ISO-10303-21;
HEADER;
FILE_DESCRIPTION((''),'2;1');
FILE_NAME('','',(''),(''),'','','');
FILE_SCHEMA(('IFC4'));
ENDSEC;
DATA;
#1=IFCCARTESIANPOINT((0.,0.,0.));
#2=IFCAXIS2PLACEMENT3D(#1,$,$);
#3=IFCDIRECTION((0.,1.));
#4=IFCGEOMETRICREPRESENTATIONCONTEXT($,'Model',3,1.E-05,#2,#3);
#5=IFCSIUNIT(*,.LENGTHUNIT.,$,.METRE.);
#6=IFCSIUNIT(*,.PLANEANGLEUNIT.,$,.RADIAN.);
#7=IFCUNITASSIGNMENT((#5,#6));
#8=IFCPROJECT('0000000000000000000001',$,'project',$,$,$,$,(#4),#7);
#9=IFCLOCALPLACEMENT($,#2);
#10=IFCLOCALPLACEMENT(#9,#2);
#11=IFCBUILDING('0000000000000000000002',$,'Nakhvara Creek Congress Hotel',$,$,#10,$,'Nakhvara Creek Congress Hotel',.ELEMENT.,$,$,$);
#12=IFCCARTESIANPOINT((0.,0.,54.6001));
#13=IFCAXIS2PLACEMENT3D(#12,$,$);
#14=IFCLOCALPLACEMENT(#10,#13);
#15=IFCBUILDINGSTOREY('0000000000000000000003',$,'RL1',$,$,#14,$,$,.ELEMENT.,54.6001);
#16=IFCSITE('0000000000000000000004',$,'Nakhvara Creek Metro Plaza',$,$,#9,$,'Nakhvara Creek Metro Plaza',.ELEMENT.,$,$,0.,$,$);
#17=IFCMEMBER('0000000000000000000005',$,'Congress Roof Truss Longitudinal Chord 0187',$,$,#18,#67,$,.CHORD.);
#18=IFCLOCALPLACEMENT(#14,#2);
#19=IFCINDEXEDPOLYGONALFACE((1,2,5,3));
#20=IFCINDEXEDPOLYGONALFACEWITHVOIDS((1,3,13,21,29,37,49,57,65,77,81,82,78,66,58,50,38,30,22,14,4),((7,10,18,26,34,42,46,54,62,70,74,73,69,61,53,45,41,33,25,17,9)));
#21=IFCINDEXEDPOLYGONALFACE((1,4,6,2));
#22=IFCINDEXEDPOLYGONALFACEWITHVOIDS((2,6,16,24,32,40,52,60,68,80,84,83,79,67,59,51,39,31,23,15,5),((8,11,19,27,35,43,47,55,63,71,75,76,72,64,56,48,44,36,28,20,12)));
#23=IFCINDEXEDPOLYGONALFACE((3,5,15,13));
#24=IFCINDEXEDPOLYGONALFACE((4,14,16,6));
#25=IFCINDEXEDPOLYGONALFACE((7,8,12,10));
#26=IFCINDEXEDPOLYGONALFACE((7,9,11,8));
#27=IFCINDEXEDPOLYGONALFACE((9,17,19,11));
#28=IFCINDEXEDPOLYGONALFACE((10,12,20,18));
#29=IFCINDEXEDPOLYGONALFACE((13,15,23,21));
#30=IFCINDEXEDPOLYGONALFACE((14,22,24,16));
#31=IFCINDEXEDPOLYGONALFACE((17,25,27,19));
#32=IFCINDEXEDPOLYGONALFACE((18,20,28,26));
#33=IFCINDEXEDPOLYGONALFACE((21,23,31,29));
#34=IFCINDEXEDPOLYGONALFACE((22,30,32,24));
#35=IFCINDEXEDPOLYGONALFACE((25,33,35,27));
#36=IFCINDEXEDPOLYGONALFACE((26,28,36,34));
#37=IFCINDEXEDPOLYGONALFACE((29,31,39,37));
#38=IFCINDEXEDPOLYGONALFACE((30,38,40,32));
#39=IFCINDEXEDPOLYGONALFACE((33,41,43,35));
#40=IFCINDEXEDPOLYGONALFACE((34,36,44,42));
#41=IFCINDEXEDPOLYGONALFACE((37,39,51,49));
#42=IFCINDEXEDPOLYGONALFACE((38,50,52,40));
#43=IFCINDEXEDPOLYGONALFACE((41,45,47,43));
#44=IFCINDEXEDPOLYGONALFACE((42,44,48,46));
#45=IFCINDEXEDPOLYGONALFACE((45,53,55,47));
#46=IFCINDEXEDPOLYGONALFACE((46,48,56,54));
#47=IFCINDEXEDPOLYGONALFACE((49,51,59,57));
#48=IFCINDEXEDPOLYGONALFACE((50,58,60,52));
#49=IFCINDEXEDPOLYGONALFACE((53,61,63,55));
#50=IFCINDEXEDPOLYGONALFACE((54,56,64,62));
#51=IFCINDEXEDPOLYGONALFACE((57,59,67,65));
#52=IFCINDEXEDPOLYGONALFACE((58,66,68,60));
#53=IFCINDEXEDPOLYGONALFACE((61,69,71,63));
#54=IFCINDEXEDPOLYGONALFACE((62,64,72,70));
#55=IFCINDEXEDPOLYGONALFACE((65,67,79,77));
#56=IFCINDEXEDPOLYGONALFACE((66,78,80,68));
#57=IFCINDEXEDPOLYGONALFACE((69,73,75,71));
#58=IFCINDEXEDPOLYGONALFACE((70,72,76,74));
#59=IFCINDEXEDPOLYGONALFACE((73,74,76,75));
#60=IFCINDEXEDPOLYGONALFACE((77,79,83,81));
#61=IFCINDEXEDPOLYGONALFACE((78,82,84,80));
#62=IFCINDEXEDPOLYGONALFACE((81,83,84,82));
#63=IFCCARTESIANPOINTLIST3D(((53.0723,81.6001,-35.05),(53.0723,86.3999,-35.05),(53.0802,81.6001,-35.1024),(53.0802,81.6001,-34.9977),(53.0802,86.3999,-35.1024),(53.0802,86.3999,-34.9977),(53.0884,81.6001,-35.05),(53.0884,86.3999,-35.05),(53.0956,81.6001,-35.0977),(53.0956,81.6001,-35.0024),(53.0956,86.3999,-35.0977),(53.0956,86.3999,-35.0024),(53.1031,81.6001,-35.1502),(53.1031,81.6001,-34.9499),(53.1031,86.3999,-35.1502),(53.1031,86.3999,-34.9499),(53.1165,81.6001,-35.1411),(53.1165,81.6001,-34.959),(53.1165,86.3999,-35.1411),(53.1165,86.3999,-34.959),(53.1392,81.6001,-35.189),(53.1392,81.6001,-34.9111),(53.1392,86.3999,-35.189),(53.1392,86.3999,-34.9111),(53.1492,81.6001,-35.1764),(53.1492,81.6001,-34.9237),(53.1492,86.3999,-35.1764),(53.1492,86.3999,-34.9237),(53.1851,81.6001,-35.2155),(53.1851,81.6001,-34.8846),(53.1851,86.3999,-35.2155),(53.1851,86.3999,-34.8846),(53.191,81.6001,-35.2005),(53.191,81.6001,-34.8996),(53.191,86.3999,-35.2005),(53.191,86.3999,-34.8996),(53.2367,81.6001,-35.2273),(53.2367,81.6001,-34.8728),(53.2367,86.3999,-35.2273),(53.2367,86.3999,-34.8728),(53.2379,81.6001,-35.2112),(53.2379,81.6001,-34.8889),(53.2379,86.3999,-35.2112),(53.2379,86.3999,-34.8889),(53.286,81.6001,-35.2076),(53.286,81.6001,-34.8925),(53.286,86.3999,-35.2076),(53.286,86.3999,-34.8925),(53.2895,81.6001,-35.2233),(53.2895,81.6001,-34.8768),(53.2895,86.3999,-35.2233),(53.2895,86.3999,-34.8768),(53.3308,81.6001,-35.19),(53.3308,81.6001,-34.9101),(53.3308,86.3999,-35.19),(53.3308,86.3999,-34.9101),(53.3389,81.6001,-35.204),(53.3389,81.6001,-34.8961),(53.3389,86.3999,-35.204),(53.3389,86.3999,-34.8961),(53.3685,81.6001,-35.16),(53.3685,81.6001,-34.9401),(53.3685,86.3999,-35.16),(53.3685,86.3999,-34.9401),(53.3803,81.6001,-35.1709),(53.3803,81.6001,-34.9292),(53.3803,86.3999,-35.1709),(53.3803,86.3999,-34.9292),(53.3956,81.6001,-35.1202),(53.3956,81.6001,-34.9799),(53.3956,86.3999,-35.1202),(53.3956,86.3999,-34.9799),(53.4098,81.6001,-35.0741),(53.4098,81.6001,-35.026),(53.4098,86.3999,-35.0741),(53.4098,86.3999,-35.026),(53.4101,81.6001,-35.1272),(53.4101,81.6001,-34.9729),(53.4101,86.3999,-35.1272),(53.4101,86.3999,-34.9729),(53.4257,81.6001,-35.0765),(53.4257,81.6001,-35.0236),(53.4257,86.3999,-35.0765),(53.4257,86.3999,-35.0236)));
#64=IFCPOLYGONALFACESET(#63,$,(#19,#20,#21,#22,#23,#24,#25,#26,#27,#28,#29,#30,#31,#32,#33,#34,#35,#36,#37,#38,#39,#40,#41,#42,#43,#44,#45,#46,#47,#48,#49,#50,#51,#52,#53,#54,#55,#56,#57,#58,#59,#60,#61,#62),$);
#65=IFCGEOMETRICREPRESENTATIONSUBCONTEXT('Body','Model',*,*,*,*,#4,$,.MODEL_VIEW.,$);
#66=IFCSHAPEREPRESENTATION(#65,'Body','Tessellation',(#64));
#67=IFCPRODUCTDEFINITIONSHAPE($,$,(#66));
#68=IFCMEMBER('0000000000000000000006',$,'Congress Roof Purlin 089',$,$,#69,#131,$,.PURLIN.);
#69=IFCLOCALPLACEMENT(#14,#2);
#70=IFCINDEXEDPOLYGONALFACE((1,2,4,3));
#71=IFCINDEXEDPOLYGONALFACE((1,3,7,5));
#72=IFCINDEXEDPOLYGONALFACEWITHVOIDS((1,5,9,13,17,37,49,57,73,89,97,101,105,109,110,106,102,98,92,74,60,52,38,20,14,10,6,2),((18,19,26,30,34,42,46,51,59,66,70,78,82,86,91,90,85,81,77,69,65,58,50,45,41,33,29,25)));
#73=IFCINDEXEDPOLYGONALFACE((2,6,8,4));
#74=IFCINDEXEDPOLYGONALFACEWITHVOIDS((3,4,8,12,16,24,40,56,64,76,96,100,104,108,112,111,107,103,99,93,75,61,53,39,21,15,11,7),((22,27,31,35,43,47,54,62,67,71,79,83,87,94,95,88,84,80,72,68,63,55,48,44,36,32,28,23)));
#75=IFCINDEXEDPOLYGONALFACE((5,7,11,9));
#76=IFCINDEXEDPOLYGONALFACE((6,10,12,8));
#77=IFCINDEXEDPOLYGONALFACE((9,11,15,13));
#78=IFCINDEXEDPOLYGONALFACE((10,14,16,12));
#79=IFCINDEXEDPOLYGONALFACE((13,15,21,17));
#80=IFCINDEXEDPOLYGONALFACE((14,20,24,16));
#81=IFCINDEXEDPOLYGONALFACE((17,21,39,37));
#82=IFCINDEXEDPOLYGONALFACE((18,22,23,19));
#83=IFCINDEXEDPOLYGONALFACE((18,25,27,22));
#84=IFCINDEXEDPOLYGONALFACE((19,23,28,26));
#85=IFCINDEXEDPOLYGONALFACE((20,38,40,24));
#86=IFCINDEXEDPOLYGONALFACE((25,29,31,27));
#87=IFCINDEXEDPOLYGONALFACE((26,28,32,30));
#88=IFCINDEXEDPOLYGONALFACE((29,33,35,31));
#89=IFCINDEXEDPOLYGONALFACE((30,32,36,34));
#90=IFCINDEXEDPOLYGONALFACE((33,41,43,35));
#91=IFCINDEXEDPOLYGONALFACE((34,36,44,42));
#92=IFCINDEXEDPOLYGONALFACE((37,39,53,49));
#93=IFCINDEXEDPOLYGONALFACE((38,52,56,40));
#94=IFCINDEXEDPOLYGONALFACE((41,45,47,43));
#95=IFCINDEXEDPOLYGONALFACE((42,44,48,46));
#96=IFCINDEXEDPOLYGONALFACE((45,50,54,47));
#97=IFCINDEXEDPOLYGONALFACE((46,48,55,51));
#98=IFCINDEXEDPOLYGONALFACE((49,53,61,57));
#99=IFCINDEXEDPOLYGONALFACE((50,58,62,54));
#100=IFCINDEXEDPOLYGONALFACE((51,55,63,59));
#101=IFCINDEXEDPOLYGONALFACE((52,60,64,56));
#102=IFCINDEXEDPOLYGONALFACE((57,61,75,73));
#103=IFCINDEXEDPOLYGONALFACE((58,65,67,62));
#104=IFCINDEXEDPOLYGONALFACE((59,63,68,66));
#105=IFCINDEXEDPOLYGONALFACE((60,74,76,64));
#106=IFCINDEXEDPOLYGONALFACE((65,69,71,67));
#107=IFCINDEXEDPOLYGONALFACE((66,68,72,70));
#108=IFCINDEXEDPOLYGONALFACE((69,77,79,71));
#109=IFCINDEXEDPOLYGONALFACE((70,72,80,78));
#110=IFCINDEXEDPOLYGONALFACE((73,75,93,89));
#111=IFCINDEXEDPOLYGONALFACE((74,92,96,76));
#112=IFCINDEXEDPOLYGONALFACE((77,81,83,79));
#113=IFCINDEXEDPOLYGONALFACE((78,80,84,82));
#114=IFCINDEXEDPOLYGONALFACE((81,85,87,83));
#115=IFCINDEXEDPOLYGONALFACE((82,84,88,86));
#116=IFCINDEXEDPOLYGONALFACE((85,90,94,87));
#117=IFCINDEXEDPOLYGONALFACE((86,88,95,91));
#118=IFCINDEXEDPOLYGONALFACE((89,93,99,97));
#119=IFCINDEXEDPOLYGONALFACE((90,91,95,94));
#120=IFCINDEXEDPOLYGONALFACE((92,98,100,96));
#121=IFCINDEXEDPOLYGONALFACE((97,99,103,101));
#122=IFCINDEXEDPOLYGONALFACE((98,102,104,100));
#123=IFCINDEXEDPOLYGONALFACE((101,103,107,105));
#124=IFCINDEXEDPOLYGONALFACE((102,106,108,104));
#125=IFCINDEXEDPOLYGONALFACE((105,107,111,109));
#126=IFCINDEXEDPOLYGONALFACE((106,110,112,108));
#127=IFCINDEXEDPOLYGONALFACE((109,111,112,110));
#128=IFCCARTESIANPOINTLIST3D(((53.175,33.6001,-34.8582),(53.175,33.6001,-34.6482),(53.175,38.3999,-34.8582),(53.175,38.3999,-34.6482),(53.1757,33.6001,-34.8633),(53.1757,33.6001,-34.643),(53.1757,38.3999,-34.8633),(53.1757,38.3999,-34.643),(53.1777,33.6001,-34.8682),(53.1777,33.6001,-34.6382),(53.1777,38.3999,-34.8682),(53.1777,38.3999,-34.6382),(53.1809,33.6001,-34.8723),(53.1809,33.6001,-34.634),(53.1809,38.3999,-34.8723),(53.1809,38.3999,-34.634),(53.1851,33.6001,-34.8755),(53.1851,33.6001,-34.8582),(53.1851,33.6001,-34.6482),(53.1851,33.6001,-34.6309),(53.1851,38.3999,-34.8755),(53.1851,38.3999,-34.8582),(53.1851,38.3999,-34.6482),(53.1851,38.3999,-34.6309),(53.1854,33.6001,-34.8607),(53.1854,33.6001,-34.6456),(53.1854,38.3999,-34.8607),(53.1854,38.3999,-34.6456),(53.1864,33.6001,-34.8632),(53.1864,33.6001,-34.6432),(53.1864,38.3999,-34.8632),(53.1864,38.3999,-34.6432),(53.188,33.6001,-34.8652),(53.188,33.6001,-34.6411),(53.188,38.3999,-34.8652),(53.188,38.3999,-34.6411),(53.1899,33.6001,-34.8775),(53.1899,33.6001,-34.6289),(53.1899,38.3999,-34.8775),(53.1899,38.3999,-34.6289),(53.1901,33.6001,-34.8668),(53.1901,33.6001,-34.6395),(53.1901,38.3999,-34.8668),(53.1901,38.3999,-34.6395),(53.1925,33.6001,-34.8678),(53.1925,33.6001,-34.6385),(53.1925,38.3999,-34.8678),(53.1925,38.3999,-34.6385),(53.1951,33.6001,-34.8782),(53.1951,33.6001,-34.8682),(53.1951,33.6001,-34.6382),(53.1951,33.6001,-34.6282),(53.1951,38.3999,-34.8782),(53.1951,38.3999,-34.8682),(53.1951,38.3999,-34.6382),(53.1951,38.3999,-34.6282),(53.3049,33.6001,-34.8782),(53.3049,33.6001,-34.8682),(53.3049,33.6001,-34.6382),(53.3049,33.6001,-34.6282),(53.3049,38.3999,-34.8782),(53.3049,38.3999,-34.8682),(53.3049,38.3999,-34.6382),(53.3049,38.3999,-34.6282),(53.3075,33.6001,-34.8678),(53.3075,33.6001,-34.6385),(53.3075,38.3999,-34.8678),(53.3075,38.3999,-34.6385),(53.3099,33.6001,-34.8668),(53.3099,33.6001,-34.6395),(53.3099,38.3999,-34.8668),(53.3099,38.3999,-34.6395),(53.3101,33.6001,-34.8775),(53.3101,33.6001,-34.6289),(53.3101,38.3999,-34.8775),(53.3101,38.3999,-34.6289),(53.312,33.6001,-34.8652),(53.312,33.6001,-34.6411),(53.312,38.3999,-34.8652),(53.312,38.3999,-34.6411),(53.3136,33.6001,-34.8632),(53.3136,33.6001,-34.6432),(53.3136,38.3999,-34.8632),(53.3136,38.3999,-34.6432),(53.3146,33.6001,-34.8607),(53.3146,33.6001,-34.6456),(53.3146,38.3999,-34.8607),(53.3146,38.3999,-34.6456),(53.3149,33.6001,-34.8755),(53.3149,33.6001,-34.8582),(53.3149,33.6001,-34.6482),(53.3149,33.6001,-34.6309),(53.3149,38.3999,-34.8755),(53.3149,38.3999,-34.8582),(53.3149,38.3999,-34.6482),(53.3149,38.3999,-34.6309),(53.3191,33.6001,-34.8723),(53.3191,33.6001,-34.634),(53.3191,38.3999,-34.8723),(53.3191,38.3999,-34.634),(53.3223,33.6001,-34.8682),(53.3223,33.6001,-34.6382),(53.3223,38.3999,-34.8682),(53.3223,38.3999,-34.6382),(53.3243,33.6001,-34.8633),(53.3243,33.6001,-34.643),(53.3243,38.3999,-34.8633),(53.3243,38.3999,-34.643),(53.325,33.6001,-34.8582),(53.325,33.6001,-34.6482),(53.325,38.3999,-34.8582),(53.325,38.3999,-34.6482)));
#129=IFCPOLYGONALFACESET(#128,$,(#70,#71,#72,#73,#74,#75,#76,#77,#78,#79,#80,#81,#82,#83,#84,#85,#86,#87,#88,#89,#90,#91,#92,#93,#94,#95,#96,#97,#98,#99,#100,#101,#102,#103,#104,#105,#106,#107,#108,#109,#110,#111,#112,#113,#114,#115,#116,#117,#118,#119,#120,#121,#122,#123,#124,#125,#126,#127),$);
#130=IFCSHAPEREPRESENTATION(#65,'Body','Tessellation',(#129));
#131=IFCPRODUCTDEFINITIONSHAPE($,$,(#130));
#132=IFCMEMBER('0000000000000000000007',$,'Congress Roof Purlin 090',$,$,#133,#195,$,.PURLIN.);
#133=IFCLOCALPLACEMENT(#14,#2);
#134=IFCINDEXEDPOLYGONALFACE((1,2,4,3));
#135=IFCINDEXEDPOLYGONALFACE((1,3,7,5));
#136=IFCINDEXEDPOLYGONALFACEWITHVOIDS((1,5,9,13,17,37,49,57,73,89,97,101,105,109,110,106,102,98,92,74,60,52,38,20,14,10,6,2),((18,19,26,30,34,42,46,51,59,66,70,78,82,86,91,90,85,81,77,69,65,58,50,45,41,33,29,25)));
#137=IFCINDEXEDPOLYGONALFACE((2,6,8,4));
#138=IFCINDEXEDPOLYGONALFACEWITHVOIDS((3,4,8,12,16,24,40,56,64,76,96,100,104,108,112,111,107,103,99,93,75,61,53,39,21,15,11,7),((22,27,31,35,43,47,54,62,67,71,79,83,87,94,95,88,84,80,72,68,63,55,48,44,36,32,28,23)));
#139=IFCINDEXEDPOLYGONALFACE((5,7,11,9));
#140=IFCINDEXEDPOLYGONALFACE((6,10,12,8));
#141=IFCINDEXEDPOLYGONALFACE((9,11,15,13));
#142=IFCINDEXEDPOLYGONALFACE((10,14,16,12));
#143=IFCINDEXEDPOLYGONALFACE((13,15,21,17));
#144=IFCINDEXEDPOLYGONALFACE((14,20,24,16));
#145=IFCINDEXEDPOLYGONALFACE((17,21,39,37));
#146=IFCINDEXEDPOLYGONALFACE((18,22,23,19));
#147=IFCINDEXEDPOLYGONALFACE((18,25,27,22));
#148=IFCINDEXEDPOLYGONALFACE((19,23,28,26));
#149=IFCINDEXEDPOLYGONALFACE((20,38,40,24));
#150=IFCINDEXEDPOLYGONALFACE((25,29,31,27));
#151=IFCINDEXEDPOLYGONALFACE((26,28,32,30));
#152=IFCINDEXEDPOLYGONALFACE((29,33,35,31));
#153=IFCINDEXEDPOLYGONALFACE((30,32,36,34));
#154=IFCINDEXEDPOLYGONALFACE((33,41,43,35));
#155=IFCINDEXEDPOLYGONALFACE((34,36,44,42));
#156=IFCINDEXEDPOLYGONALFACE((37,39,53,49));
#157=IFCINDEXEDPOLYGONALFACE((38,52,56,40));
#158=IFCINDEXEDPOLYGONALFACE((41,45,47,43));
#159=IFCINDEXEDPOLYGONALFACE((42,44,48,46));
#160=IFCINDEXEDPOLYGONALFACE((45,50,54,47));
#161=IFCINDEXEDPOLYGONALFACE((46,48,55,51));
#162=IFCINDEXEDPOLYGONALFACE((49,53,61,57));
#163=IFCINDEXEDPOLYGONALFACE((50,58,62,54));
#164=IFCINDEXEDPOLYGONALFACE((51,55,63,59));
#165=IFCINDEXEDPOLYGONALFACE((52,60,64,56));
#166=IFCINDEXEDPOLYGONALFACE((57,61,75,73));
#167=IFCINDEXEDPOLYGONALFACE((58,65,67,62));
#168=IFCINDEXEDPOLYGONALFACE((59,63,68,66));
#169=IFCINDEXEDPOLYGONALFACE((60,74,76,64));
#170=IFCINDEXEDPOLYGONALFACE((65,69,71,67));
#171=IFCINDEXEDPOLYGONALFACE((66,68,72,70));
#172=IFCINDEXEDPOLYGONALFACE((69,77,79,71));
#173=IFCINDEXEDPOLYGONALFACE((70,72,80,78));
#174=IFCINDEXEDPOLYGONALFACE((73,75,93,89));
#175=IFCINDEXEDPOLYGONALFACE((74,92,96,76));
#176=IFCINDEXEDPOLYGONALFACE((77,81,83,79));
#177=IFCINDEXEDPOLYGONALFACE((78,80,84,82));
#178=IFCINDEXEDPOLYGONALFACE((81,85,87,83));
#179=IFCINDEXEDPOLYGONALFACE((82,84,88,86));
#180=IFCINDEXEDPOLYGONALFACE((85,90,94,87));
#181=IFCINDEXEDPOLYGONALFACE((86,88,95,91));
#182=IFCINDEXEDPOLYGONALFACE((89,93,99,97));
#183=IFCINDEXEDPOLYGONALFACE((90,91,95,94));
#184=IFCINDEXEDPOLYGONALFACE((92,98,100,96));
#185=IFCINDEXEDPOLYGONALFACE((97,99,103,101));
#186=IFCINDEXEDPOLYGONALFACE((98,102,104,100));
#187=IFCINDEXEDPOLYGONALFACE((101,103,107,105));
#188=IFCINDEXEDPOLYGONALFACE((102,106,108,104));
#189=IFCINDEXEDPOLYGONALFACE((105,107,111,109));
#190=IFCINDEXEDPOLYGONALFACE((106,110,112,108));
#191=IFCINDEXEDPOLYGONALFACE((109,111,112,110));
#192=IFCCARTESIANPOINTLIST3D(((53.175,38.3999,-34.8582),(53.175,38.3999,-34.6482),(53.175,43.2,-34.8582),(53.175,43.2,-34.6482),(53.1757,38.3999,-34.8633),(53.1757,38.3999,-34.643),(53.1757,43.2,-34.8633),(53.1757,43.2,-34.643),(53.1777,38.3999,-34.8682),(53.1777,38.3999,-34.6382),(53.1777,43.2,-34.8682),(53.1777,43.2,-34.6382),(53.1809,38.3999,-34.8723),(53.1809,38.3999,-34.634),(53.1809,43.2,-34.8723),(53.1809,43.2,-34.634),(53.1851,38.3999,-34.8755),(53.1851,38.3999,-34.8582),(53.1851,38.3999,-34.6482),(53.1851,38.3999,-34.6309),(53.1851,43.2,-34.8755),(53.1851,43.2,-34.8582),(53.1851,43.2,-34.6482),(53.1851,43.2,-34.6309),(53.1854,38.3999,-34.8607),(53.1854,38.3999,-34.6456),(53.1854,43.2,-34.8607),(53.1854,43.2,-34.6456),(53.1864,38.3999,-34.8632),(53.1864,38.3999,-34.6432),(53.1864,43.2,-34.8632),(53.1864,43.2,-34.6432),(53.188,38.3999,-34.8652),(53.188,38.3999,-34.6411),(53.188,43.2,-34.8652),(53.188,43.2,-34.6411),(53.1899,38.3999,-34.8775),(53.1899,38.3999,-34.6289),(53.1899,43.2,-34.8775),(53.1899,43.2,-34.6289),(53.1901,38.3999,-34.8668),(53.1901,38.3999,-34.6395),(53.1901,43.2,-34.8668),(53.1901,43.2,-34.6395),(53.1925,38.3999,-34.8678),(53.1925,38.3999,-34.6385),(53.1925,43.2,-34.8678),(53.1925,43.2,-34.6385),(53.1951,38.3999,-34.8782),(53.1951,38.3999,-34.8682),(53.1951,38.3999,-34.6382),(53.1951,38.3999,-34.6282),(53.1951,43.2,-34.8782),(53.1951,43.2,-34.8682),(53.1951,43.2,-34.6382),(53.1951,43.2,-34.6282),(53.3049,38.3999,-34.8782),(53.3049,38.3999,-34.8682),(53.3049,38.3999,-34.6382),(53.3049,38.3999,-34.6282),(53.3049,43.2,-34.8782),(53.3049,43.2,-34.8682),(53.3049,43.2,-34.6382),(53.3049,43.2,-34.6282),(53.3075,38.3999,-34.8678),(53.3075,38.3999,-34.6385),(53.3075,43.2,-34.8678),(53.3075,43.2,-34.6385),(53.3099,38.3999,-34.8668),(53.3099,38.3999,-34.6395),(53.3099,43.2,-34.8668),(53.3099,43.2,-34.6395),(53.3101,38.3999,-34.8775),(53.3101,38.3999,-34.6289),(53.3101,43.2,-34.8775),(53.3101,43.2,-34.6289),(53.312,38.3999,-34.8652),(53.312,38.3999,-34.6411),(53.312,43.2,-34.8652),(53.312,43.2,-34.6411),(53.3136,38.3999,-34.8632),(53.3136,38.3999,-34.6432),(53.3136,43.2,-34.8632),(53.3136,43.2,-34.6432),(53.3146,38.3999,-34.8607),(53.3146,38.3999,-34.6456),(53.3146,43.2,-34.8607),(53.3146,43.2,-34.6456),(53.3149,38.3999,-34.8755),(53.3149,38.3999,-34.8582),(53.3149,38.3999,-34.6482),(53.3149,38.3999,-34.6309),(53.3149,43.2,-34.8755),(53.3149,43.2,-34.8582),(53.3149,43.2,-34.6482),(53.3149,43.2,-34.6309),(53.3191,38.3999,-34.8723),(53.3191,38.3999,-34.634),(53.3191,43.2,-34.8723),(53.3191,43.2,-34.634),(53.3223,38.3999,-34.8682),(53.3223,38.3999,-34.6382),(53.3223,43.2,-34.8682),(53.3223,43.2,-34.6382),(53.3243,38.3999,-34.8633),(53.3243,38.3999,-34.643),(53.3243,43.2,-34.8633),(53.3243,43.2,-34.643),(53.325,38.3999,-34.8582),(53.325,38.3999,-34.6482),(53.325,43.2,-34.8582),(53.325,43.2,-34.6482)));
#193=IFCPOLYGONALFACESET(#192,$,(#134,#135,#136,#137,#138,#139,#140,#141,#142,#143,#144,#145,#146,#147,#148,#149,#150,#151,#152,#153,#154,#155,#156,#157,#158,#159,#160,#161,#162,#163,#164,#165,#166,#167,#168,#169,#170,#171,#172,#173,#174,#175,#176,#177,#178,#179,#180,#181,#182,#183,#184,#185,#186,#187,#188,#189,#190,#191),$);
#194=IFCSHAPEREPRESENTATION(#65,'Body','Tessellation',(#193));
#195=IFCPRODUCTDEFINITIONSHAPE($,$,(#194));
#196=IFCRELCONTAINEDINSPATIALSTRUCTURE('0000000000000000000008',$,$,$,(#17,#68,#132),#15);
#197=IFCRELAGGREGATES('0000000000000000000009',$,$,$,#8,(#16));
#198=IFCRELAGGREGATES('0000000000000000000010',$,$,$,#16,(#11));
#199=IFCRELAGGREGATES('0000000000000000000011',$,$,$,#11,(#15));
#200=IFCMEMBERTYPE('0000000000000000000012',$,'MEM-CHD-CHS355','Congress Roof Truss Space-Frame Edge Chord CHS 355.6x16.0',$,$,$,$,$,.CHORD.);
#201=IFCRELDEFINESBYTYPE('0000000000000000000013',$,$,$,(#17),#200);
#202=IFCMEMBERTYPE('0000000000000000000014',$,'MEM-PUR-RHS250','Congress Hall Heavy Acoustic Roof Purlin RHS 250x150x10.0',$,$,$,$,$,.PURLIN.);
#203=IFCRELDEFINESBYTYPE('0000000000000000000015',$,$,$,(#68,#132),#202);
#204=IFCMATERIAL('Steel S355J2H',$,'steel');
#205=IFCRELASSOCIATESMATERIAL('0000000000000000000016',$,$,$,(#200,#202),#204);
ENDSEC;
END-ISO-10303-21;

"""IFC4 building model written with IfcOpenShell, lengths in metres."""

from ifc_helpers import new_model, si_unit, direction, frame, origin, origin_2d, place, context, subcontext, project, spatial, hollow_rectangle, hollow_circle, extrude, material, material_profile, profile_set, type_object, element, save


model = new_model("IFC4")

# Units and contexts
model_context = context("Model", 3, precision=1e-05, world=origin(), true_north=direction((0.0, 1.0)))
body_context = subcontext(model_context, "Body", "Model", "MODEL_VIEW")
ifc_project = project(units=[si_unit("LENGTHUNIT", "METRE"), si_unit("PLANEANGLEUNIT", "RADIAN")], contexts=[model_context])

# Site, building, storey
site_placement = place(None, origin())
site = spatial("IfcSite", under=ifc_project, at=site_placement, Name="Nakhvara Creek Metro Plaza", LongName="Nakhvara Creek Metro Plaza", CompositionType="ELEMENT", RefElevation=0.0)
building_placement = place(site_placement, origin())
building = spatial("IfcBuilding", under=site, at=building_placement, Name="Nakhvara Creek Congress Hotel", LongName="Nakhvara Creek Congress Hotel", CompositionType="ELEMENT")
storey_placement = place(building_placement, frame((0.0, 0.0, 54.6001)))
storey = spatial("IfcBuildingStorey", under=building, at=storey_placement, Name="RL1", CompositionType="ELEMENT", Elevation=54.6001)

# Members
ifc_material_1 = material(Name="Steel S355J2H", Category="steel")
ifc_material_profile_1 = material_profile(ifc_material_1, hollow_circle(Radius=0.1777, WallThickness=0.0161, at=origin_2d()), Name="CHS 355.6x16.0", Category="LoadBearing")
ifc_profile_set_1 = profile_set([ifc_material_profile_1], Name="Steel S355J2H")
member_type_1 = type_object("IfcMemberType", Name="MEM-CHD-CHS355", Description="Congress Roof Truss Space-Frame Edge Chord CHS 355.6x16.0", PredefinedType="CHORD", material=ifc_profile_set_1)
member_1_placement = place(storey_placement, frame((53.25, 81.6001, -35.05), z_axis=(0.0, 1.0, 0.0), x_axis=(-1.0, 0.0, 0.0)))
element("IfcMember", 1, at=member_1_placement, inside=storey, type_object=member_type_1, Name="Congress Roof Truss Longitudinal Chord 0187", PredefinedType="CHORD", context=body_context, shape_type="SweptSolid", body=[
    extrude(hollow_circle(Radius=0.1777, WallThickness=0.0161, at=origin_2d()), origin(), (0.0, 0.0, 1.0), 4.7998),
])
ifc_material_profile_2 = material_profile(ifc_material_1, hollow_rectangle(XDim=0.1499, YDim=0.25, WallThickness=0.01, InnerFilletRadius=0.01, OuterFilletRadius=0.02, at=origin_2d()), Name="RHS 250x150x10.0", Category="LoadBearing")
ifc_profile_set_2 = profile_set([ifc_material_profile_2], Name="Steel S355J2H")
member_type_2 = type_object("IfcMemberType", Name="MEM-PUR-RHS250", Description="Congress Hall Heavy Acoustic Roof Purlin RHS 250x150x10.0", PredefinedType="PURLIN", material=ifc_profile_set_2)
member_2_placement = place(storey_placement, frame((53.25, 33.6001, -34.7532), z_axis=(0.0, 1.0, 0.0), x_axis=(-1.0, 0.0, 0.0)))
element("IfcMember", 2, at=member_2_placement, inside=storey, type_object=member_type_2, Name="Congress Roof Purlin 089", PredefinedType="PURLIN", context=body_context, shape_type="SweptSolid", body=[
    extrude(hollow_rectangle(XDim=0.1499, YDim=0.25, WallThickness=0.01, InnerFilletRadius=0.01, OuterFilletRadius=0.02, at=origin_2d()), origin(), (0.0, 0.0, 1.0), 4.7998),
])
for number, where, z_axis, x_axis, name in (
    (3, (53.25, 38.3999, -34.7532), (0.0, 1.0, 0.0), (-1.0, 0.0, 0.0), "Congress Roof Purlin 090"),
):
    element("IfcMember", number, at=place(storey_placement, frame(where, z_axis=z_axis, x_axis=x_axis)), inside=storey, type_object=member_type_2, Name=name, PredefinedType="PURLIN", context=body_context, shape_type="SweptSolid", body=[
        extrude(hollow_rectangle(XDim=0.1499, YDim=0.25, WallThickness=0.01, InnerFilletRadius=0.01, OuterFilletRadius=0.02, at=origin_2d()), origin(), (0.0, 0.0, 1.0), 4.8),
    ])

save(model, "model.ifc")
